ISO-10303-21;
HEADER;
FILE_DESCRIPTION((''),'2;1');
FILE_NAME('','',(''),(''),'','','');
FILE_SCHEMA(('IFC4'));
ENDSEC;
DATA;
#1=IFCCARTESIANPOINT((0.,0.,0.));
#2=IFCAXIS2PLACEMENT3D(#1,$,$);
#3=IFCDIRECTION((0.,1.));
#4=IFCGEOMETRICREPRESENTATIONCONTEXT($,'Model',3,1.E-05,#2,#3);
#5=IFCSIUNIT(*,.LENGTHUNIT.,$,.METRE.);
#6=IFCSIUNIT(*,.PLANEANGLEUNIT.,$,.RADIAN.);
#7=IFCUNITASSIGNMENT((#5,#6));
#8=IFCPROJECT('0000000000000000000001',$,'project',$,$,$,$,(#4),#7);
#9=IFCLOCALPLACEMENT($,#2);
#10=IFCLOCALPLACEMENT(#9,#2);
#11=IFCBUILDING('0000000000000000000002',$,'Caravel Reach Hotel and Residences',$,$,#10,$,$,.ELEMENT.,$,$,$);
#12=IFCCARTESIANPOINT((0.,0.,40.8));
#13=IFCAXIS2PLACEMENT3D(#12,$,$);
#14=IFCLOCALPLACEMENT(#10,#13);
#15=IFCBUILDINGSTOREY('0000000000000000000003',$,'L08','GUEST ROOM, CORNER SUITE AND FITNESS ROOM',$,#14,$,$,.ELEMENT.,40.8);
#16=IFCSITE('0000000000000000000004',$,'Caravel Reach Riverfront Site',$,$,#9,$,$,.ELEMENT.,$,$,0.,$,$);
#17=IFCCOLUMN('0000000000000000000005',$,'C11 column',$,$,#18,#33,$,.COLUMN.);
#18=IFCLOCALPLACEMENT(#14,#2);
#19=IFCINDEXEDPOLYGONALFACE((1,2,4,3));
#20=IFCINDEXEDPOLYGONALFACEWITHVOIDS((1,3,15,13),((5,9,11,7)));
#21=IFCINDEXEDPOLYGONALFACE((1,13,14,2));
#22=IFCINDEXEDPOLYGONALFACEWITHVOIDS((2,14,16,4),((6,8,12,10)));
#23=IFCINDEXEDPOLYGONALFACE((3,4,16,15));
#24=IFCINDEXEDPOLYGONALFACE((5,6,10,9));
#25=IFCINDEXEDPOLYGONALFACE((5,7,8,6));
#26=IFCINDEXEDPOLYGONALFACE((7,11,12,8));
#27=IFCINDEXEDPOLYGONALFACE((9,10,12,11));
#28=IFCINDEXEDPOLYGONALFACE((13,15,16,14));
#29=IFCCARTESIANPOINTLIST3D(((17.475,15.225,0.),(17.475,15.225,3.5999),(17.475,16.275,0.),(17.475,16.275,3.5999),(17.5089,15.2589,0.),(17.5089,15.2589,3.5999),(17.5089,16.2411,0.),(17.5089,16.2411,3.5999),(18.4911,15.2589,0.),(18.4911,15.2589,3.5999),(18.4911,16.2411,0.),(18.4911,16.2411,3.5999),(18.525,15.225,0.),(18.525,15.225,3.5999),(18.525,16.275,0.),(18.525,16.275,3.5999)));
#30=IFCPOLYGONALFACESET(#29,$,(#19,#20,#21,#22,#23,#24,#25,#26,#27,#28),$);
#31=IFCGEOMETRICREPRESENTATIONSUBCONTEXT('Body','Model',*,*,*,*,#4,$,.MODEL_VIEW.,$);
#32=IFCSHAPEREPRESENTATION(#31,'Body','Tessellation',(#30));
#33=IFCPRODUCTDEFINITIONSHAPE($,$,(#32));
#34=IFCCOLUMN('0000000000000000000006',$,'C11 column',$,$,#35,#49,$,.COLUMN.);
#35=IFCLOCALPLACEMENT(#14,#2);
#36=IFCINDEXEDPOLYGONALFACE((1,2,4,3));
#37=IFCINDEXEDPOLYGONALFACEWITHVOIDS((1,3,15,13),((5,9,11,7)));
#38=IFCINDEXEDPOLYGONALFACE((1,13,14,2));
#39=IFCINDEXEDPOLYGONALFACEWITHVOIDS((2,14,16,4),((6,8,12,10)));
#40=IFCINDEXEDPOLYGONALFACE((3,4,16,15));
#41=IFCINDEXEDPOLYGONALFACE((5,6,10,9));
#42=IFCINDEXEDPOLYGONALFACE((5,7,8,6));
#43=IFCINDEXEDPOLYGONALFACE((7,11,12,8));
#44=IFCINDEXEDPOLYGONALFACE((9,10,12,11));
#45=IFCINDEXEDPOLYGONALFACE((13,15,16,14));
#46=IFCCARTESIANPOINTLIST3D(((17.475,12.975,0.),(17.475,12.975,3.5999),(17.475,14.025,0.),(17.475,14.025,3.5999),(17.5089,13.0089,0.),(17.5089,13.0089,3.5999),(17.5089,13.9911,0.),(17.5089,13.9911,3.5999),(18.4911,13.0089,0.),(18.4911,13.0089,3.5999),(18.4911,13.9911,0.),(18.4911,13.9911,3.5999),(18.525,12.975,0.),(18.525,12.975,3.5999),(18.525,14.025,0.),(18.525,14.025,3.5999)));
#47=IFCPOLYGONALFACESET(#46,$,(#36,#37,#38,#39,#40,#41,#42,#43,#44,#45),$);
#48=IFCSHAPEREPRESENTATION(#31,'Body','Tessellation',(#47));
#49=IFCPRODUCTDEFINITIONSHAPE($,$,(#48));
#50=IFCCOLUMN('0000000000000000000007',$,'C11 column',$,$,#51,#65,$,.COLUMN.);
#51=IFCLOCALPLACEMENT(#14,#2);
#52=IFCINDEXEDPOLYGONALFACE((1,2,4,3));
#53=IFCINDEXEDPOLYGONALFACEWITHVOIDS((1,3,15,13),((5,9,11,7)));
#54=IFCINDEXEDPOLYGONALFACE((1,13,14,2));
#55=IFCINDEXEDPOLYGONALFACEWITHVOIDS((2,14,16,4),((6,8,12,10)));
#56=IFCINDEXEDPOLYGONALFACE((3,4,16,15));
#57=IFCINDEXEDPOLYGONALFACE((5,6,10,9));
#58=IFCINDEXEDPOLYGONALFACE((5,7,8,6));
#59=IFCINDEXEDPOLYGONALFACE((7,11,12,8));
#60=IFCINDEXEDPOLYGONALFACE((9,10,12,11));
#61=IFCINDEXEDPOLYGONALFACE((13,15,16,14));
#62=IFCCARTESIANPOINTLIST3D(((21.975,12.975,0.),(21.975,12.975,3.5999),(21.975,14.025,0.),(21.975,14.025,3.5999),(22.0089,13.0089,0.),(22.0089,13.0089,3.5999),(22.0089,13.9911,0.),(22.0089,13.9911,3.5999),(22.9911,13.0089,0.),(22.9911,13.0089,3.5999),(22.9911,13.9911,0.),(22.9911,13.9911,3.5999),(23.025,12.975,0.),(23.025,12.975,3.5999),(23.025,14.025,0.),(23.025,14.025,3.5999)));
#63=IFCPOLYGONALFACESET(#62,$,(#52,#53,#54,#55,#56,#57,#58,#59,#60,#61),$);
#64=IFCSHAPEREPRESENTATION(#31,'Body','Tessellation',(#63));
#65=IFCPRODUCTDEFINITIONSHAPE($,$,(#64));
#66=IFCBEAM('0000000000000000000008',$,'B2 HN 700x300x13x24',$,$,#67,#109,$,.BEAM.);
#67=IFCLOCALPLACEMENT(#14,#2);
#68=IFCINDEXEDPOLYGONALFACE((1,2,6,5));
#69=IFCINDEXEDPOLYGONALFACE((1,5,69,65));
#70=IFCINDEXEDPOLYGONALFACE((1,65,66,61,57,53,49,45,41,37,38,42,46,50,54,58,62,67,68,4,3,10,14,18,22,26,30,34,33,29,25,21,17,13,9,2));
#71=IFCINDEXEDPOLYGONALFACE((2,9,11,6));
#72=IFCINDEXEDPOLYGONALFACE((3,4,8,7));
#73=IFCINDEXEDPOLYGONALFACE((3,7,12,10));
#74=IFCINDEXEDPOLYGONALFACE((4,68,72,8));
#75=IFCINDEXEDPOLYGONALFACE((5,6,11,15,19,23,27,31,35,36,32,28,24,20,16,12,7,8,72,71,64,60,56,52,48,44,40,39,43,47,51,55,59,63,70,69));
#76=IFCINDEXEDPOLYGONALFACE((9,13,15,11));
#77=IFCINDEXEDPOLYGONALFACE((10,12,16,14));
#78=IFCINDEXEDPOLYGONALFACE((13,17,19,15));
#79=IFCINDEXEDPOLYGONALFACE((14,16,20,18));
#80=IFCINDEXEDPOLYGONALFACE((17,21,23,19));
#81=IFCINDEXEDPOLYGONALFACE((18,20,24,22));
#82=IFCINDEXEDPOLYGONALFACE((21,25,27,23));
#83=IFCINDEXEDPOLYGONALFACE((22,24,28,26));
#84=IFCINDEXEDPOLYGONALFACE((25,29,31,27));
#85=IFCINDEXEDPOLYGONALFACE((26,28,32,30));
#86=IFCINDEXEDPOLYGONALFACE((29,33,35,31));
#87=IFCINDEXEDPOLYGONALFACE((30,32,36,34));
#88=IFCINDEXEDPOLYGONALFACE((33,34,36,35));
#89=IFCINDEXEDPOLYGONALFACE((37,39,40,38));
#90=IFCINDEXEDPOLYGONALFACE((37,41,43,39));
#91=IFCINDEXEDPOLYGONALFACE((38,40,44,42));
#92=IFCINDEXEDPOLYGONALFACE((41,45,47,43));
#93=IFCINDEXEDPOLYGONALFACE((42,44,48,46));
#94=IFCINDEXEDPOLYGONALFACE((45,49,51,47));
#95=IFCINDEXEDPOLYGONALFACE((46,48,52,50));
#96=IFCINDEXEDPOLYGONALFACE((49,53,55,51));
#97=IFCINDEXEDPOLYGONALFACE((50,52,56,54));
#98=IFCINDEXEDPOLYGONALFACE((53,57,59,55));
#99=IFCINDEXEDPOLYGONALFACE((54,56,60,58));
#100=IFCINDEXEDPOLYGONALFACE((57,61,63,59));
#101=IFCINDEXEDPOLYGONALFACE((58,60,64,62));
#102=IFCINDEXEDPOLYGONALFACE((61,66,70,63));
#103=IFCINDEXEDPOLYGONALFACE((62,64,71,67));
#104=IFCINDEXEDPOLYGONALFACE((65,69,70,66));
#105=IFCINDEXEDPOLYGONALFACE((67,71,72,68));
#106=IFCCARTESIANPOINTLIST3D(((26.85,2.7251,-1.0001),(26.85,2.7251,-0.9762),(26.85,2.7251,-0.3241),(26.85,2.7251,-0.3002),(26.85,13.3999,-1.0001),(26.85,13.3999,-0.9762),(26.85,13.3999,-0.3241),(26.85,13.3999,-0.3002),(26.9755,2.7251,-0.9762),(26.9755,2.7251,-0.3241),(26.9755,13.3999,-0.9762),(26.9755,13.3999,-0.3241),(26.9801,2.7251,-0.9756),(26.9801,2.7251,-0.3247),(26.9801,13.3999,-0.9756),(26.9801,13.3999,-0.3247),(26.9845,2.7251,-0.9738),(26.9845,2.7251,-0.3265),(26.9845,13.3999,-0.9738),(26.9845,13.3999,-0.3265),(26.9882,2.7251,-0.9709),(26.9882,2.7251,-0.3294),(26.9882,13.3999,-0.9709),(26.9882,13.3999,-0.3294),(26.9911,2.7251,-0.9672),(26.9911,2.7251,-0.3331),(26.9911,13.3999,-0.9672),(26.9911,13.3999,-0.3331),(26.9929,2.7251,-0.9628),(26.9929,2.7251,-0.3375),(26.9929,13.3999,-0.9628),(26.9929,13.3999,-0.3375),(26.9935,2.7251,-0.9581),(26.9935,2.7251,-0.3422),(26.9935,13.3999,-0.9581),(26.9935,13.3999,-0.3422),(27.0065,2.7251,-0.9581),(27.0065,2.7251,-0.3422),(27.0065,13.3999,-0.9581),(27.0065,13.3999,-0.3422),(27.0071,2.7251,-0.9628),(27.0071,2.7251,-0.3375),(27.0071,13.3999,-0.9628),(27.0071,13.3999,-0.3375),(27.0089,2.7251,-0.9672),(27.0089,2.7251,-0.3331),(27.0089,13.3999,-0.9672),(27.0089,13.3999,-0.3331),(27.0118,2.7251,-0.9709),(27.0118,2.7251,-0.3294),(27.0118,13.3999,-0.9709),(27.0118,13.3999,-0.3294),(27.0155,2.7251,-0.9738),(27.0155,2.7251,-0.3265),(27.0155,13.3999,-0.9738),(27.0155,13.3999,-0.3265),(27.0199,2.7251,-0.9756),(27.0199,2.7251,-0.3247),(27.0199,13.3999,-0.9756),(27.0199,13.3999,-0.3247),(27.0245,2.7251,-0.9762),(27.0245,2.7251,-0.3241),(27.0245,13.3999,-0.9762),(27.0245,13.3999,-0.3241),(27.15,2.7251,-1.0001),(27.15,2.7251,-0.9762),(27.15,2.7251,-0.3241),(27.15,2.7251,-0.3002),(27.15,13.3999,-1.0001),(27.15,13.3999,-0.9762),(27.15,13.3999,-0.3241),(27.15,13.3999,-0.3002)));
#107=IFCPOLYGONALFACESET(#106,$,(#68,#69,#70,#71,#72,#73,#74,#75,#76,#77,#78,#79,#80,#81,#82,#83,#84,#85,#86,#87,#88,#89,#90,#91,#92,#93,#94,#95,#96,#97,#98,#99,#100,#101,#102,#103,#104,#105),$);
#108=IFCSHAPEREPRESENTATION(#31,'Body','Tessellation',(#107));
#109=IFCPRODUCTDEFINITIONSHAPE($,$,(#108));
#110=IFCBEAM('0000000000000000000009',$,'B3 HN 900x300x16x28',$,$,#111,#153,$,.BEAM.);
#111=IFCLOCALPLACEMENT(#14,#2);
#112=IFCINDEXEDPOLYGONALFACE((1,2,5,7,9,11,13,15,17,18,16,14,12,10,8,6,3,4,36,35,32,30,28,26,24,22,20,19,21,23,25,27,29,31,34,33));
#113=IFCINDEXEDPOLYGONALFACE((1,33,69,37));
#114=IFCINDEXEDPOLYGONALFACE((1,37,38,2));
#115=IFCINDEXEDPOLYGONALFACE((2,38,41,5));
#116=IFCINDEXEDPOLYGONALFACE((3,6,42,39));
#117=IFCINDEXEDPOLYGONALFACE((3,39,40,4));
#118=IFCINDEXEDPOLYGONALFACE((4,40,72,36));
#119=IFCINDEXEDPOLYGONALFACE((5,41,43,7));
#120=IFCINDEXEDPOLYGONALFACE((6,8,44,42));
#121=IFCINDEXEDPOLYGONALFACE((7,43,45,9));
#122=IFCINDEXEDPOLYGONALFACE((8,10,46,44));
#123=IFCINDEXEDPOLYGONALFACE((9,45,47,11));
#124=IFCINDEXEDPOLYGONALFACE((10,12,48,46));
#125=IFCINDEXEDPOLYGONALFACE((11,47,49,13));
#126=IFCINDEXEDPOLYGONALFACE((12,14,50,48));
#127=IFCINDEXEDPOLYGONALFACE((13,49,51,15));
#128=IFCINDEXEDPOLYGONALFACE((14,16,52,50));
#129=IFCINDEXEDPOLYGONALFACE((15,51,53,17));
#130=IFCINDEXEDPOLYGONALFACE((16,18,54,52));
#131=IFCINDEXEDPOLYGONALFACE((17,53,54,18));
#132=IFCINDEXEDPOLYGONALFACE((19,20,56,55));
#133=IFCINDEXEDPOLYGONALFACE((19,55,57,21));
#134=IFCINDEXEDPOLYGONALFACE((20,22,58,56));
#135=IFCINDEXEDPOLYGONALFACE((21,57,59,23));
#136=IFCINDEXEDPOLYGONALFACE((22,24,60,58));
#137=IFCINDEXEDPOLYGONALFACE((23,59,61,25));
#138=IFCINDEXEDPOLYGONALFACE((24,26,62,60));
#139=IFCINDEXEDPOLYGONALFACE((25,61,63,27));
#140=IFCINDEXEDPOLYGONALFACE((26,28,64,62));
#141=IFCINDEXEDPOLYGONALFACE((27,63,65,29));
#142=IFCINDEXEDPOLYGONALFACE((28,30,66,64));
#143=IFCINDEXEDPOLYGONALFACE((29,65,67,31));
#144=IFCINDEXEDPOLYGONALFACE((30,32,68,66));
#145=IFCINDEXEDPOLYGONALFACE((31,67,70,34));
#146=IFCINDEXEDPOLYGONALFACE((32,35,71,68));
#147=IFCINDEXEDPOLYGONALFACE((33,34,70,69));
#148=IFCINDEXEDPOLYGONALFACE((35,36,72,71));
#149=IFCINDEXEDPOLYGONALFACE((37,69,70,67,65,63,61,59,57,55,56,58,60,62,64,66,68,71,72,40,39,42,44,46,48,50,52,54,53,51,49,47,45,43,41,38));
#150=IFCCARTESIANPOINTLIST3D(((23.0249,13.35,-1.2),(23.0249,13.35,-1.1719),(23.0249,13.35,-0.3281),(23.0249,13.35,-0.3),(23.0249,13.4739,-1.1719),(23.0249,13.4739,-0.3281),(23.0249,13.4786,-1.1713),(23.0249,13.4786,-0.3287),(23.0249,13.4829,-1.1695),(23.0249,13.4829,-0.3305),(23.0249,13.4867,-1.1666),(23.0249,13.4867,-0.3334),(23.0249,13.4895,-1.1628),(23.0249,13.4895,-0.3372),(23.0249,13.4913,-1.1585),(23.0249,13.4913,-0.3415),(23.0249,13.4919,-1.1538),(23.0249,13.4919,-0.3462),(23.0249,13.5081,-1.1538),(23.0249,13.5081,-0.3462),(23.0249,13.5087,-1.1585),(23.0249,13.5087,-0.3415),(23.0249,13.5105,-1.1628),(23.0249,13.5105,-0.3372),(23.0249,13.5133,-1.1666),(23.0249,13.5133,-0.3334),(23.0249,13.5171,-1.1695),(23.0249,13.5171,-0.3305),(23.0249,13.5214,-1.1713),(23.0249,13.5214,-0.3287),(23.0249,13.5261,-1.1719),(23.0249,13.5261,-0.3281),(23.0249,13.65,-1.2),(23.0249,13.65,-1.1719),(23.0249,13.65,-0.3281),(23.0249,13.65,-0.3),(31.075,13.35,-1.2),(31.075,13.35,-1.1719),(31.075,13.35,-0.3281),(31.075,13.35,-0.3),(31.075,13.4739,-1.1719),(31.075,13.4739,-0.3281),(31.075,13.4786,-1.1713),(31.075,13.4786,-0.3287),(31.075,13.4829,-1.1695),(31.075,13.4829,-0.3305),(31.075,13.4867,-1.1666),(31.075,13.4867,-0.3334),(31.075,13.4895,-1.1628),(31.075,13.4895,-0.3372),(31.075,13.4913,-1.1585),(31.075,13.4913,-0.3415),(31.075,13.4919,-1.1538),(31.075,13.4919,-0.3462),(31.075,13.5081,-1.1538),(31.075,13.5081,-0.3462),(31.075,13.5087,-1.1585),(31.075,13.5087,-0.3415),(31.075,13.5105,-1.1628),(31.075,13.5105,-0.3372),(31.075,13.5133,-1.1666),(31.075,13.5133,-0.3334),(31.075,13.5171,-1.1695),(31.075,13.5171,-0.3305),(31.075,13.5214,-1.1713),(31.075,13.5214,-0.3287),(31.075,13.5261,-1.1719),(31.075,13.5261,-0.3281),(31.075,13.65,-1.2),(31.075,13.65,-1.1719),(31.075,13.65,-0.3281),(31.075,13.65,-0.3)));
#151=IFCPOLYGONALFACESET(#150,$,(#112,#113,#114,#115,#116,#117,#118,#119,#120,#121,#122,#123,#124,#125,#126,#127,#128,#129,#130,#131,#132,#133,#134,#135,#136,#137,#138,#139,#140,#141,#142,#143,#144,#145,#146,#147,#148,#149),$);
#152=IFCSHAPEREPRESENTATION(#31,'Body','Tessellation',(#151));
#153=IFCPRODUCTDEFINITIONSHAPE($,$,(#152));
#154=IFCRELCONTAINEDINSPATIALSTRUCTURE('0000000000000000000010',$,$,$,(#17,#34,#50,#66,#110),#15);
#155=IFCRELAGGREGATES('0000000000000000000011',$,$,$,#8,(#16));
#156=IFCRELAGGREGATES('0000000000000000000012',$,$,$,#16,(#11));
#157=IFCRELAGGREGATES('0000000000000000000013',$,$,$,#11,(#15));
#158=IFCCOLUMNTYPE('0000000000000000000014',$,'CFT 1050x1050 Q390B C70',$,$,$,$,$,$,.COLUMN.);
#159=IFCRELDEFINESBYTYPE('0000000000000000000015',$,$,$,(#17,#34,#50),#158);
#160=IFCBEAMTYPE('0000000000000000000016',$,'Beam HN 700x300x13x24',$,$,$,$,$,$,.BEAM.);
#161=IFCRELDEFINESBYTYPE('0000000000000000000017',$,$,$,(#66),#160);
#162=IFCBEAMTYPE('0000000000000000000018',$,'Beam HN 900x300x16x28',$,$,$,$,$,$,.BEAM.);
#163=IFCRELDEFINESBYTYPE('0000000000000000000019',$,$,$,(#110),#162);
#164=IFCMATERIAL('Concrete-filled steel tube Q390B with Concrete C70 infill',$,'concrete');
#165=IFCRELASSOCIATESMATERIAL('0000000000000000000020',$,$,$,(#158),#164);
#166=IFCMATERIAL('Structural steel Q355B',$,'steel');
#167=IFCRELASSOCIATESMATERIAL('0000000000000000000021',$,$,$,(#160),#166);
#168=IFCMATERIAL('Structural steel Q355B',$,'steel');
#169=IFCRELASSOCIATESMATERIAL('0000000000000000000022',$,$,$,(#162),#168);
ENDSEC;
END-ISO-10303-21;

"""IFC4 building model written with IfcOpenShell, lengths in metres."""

from ifc_helpers import new_model, si_unit, direction, frame, origin, origin_2d, place, context, subcontext, project, spatial, hollow_rectangle, i_section, extrude, material, material_profile, profile_set, type_object, element, save


model = new_model("IFC4")

# Units and contexts
model_context = context("Model", 3, precision=1e-05, world=origin(), true_north=direction((0.0, 1.0)))
body_context = subcontext(model_context, "Body", "Model", "MODEL_VIEW")
ifc_project = project(units=[si_unit("LENGTHUNIT", "METRE"), si_unit("PLANEANGLEUNIT", "RADIAN")], contexts=[model_context])

# Site, building, storey
site_placement = place(None, origin())
site = spatial("IfcSite", under=ifc_project, at=site_placement, Name="Caravel Reach Riverfront Site", CompositionType="ELEMENT", RefElevation=0.0)
building_placement = place(site_placement, origin())
building = spatial("IfcBuilding", under=site, at=building_placement, Name="Caravel Reach Hotel and Residences", CompositionType="ELEMENT")
storey_placement = place(building_placement, frame((0.0, 0.0, 40.8)))
storey = spatial("IfcBuildingStorey", under=building, at=storey_placement, Name="L08", Description="GUEST ROOM, CORNER SUITE AND FITNESS ROOM", CompositionType="ELEMENT", Elevation=40.8)

# Columns
ifc_material_1 = material(Name="Concrete-filled steel tube Q390B with Concrete C70 infill", Category="concrete")
ifc_material_profile_1 = material_profile(ifc_material_1, hollow_rectangle(XDim=1.05, YDim=1.05, WallThickness=0.0339, at=origin_2d()), Name="RHS 1050x1050x34")
ifc_profile_set_1 = profile_set([ifc_material_profile_1], Name="Concrete-filled steel tube Q390B with Concrete C70 infill")
column_type = type_object("IfcColumnType", Name="CFT 1050x1050 Q390B C70", PredefinedType="COLUMN", material=ifc_profile_set_1)
for number, where, z_axis, x_axis, name in (
    (1, (18.0, 15.75, 0.0), (0.0, 0.0, 1.0), (1.0, 0.0, 0.0), "C11 column"),
    (2, (18.0, 13.5, 0.0), (0.0, 0.0, 1.0), (1.0, 0.0, 0.0), "C11 column"),
    (3, (22.5, 13.5, 0.0), (0.0, 0.0, 1.0), (1.0, 0.0, 0.0), "C11 column"),
):
    element("IfcColumn", number, at=place(storey_placement, frame(where, z_axis=z_axis, x_axis=x_axis)), inside=storey, type_object=column_type, Name=name, PredefinedType="COLUMN", context=body_context, shape_type="SweptSolid", body=[
        extrude(hollow_rectangle(XDim=1.05, YDim=1.05, WallThickness=0.0339, at=origin_2d()), origin(), (0.0, 0.0, 1.0), 3.5999),
    ])

# Beams
ifc_material_2 = material(Name="Structural steel Q355B", Category="steel")
ifc_material_profile_2 = material_profile(ifc_material_2, i_section(OverallWidth=0.3, OverallDepth=0.7, WebThickness=0.0129, FlangeThickness=0.0239, FilletRadius=0.0181, at=origin_2d()), Name="HN 700x300x13x24")
ifc_profile_set_2 = profile_set([ifc_material_profile_2], Name="Structural steel Q355B")
beam_type_1 = type_object("IfcBeamType", Name="Beam HN 700x300x13x24", PredefinedType="BEAM", material=ifc_profile_set_2)
beam_1_placement = place(storey_placement, frame((27.0, 13.3999, -0.6501), z_axis=(0.0, -1.0, 0.0), x_axis=(1.0, 0.0, 0.0)))
element("IfcBeam", 4, at=beam_1_placement, inside=storey, type_object=beam_type_1, Name="B2 HN 700x300x13x24", PredefinedType="BEAM", context=body_context, shape_type="SweptSolid", body=[
    extrude(i_section(OverallWidth=0.3, OverallDepth=0.7, WebThickness=0.0129, FlangeThickness=0.0239, FilletRadius=0.0181, at=origin_2d()), origin(), (0.0, 0.0, 1.0), 10.6748),
])
ifc_material_3 = material(Name="Structural steel Q355B", Category="steel")
ifc_material_profile_3 = material_profile(ifc_material_3, i_section(OverallWidth=0.3, OverallDepth=0.8999, WebThickness=0.0161, FlangeThickness=0.0281, FilletRadius=0.0181, at=origin_2d()), Name="HN 900x300x16x28")
ifc_profile_set_3 = profile_set([ifc_material_profile_3], Name="Structural steel Q355B")
beam_type_2 = type_object("IfcBeamType", Name="Beam HN 900x300x16x28", PredefinedType="BEAM", material=ifc_profile_set_3)
beam_2_placement = place(storey_placement, frame((23.0249, 13.5, -0.75), z_axis=(1.0, 0.0, 0.0), x_axis=(0.0, 1.0, 0.0)))
element("IfcBeam", 5, at=beam_2_placement, inside=storey, type_object=beam_type_2, Name="B3 HN 900x300x16x28", PredefinedType="BEAM", context=body_context, shape_type="SweptSolid", body=[
    extrude(i_section(OverallWidth=0.3, OverallDepth=0.8999, WebThickness=0.0161, FlangeThickness=0.0281, FilletRadius=0.0181, at=origin_2d()), origin(), (0.0, 0.0, 1.0), 8.05),
])

save(model, "model.ifc")
